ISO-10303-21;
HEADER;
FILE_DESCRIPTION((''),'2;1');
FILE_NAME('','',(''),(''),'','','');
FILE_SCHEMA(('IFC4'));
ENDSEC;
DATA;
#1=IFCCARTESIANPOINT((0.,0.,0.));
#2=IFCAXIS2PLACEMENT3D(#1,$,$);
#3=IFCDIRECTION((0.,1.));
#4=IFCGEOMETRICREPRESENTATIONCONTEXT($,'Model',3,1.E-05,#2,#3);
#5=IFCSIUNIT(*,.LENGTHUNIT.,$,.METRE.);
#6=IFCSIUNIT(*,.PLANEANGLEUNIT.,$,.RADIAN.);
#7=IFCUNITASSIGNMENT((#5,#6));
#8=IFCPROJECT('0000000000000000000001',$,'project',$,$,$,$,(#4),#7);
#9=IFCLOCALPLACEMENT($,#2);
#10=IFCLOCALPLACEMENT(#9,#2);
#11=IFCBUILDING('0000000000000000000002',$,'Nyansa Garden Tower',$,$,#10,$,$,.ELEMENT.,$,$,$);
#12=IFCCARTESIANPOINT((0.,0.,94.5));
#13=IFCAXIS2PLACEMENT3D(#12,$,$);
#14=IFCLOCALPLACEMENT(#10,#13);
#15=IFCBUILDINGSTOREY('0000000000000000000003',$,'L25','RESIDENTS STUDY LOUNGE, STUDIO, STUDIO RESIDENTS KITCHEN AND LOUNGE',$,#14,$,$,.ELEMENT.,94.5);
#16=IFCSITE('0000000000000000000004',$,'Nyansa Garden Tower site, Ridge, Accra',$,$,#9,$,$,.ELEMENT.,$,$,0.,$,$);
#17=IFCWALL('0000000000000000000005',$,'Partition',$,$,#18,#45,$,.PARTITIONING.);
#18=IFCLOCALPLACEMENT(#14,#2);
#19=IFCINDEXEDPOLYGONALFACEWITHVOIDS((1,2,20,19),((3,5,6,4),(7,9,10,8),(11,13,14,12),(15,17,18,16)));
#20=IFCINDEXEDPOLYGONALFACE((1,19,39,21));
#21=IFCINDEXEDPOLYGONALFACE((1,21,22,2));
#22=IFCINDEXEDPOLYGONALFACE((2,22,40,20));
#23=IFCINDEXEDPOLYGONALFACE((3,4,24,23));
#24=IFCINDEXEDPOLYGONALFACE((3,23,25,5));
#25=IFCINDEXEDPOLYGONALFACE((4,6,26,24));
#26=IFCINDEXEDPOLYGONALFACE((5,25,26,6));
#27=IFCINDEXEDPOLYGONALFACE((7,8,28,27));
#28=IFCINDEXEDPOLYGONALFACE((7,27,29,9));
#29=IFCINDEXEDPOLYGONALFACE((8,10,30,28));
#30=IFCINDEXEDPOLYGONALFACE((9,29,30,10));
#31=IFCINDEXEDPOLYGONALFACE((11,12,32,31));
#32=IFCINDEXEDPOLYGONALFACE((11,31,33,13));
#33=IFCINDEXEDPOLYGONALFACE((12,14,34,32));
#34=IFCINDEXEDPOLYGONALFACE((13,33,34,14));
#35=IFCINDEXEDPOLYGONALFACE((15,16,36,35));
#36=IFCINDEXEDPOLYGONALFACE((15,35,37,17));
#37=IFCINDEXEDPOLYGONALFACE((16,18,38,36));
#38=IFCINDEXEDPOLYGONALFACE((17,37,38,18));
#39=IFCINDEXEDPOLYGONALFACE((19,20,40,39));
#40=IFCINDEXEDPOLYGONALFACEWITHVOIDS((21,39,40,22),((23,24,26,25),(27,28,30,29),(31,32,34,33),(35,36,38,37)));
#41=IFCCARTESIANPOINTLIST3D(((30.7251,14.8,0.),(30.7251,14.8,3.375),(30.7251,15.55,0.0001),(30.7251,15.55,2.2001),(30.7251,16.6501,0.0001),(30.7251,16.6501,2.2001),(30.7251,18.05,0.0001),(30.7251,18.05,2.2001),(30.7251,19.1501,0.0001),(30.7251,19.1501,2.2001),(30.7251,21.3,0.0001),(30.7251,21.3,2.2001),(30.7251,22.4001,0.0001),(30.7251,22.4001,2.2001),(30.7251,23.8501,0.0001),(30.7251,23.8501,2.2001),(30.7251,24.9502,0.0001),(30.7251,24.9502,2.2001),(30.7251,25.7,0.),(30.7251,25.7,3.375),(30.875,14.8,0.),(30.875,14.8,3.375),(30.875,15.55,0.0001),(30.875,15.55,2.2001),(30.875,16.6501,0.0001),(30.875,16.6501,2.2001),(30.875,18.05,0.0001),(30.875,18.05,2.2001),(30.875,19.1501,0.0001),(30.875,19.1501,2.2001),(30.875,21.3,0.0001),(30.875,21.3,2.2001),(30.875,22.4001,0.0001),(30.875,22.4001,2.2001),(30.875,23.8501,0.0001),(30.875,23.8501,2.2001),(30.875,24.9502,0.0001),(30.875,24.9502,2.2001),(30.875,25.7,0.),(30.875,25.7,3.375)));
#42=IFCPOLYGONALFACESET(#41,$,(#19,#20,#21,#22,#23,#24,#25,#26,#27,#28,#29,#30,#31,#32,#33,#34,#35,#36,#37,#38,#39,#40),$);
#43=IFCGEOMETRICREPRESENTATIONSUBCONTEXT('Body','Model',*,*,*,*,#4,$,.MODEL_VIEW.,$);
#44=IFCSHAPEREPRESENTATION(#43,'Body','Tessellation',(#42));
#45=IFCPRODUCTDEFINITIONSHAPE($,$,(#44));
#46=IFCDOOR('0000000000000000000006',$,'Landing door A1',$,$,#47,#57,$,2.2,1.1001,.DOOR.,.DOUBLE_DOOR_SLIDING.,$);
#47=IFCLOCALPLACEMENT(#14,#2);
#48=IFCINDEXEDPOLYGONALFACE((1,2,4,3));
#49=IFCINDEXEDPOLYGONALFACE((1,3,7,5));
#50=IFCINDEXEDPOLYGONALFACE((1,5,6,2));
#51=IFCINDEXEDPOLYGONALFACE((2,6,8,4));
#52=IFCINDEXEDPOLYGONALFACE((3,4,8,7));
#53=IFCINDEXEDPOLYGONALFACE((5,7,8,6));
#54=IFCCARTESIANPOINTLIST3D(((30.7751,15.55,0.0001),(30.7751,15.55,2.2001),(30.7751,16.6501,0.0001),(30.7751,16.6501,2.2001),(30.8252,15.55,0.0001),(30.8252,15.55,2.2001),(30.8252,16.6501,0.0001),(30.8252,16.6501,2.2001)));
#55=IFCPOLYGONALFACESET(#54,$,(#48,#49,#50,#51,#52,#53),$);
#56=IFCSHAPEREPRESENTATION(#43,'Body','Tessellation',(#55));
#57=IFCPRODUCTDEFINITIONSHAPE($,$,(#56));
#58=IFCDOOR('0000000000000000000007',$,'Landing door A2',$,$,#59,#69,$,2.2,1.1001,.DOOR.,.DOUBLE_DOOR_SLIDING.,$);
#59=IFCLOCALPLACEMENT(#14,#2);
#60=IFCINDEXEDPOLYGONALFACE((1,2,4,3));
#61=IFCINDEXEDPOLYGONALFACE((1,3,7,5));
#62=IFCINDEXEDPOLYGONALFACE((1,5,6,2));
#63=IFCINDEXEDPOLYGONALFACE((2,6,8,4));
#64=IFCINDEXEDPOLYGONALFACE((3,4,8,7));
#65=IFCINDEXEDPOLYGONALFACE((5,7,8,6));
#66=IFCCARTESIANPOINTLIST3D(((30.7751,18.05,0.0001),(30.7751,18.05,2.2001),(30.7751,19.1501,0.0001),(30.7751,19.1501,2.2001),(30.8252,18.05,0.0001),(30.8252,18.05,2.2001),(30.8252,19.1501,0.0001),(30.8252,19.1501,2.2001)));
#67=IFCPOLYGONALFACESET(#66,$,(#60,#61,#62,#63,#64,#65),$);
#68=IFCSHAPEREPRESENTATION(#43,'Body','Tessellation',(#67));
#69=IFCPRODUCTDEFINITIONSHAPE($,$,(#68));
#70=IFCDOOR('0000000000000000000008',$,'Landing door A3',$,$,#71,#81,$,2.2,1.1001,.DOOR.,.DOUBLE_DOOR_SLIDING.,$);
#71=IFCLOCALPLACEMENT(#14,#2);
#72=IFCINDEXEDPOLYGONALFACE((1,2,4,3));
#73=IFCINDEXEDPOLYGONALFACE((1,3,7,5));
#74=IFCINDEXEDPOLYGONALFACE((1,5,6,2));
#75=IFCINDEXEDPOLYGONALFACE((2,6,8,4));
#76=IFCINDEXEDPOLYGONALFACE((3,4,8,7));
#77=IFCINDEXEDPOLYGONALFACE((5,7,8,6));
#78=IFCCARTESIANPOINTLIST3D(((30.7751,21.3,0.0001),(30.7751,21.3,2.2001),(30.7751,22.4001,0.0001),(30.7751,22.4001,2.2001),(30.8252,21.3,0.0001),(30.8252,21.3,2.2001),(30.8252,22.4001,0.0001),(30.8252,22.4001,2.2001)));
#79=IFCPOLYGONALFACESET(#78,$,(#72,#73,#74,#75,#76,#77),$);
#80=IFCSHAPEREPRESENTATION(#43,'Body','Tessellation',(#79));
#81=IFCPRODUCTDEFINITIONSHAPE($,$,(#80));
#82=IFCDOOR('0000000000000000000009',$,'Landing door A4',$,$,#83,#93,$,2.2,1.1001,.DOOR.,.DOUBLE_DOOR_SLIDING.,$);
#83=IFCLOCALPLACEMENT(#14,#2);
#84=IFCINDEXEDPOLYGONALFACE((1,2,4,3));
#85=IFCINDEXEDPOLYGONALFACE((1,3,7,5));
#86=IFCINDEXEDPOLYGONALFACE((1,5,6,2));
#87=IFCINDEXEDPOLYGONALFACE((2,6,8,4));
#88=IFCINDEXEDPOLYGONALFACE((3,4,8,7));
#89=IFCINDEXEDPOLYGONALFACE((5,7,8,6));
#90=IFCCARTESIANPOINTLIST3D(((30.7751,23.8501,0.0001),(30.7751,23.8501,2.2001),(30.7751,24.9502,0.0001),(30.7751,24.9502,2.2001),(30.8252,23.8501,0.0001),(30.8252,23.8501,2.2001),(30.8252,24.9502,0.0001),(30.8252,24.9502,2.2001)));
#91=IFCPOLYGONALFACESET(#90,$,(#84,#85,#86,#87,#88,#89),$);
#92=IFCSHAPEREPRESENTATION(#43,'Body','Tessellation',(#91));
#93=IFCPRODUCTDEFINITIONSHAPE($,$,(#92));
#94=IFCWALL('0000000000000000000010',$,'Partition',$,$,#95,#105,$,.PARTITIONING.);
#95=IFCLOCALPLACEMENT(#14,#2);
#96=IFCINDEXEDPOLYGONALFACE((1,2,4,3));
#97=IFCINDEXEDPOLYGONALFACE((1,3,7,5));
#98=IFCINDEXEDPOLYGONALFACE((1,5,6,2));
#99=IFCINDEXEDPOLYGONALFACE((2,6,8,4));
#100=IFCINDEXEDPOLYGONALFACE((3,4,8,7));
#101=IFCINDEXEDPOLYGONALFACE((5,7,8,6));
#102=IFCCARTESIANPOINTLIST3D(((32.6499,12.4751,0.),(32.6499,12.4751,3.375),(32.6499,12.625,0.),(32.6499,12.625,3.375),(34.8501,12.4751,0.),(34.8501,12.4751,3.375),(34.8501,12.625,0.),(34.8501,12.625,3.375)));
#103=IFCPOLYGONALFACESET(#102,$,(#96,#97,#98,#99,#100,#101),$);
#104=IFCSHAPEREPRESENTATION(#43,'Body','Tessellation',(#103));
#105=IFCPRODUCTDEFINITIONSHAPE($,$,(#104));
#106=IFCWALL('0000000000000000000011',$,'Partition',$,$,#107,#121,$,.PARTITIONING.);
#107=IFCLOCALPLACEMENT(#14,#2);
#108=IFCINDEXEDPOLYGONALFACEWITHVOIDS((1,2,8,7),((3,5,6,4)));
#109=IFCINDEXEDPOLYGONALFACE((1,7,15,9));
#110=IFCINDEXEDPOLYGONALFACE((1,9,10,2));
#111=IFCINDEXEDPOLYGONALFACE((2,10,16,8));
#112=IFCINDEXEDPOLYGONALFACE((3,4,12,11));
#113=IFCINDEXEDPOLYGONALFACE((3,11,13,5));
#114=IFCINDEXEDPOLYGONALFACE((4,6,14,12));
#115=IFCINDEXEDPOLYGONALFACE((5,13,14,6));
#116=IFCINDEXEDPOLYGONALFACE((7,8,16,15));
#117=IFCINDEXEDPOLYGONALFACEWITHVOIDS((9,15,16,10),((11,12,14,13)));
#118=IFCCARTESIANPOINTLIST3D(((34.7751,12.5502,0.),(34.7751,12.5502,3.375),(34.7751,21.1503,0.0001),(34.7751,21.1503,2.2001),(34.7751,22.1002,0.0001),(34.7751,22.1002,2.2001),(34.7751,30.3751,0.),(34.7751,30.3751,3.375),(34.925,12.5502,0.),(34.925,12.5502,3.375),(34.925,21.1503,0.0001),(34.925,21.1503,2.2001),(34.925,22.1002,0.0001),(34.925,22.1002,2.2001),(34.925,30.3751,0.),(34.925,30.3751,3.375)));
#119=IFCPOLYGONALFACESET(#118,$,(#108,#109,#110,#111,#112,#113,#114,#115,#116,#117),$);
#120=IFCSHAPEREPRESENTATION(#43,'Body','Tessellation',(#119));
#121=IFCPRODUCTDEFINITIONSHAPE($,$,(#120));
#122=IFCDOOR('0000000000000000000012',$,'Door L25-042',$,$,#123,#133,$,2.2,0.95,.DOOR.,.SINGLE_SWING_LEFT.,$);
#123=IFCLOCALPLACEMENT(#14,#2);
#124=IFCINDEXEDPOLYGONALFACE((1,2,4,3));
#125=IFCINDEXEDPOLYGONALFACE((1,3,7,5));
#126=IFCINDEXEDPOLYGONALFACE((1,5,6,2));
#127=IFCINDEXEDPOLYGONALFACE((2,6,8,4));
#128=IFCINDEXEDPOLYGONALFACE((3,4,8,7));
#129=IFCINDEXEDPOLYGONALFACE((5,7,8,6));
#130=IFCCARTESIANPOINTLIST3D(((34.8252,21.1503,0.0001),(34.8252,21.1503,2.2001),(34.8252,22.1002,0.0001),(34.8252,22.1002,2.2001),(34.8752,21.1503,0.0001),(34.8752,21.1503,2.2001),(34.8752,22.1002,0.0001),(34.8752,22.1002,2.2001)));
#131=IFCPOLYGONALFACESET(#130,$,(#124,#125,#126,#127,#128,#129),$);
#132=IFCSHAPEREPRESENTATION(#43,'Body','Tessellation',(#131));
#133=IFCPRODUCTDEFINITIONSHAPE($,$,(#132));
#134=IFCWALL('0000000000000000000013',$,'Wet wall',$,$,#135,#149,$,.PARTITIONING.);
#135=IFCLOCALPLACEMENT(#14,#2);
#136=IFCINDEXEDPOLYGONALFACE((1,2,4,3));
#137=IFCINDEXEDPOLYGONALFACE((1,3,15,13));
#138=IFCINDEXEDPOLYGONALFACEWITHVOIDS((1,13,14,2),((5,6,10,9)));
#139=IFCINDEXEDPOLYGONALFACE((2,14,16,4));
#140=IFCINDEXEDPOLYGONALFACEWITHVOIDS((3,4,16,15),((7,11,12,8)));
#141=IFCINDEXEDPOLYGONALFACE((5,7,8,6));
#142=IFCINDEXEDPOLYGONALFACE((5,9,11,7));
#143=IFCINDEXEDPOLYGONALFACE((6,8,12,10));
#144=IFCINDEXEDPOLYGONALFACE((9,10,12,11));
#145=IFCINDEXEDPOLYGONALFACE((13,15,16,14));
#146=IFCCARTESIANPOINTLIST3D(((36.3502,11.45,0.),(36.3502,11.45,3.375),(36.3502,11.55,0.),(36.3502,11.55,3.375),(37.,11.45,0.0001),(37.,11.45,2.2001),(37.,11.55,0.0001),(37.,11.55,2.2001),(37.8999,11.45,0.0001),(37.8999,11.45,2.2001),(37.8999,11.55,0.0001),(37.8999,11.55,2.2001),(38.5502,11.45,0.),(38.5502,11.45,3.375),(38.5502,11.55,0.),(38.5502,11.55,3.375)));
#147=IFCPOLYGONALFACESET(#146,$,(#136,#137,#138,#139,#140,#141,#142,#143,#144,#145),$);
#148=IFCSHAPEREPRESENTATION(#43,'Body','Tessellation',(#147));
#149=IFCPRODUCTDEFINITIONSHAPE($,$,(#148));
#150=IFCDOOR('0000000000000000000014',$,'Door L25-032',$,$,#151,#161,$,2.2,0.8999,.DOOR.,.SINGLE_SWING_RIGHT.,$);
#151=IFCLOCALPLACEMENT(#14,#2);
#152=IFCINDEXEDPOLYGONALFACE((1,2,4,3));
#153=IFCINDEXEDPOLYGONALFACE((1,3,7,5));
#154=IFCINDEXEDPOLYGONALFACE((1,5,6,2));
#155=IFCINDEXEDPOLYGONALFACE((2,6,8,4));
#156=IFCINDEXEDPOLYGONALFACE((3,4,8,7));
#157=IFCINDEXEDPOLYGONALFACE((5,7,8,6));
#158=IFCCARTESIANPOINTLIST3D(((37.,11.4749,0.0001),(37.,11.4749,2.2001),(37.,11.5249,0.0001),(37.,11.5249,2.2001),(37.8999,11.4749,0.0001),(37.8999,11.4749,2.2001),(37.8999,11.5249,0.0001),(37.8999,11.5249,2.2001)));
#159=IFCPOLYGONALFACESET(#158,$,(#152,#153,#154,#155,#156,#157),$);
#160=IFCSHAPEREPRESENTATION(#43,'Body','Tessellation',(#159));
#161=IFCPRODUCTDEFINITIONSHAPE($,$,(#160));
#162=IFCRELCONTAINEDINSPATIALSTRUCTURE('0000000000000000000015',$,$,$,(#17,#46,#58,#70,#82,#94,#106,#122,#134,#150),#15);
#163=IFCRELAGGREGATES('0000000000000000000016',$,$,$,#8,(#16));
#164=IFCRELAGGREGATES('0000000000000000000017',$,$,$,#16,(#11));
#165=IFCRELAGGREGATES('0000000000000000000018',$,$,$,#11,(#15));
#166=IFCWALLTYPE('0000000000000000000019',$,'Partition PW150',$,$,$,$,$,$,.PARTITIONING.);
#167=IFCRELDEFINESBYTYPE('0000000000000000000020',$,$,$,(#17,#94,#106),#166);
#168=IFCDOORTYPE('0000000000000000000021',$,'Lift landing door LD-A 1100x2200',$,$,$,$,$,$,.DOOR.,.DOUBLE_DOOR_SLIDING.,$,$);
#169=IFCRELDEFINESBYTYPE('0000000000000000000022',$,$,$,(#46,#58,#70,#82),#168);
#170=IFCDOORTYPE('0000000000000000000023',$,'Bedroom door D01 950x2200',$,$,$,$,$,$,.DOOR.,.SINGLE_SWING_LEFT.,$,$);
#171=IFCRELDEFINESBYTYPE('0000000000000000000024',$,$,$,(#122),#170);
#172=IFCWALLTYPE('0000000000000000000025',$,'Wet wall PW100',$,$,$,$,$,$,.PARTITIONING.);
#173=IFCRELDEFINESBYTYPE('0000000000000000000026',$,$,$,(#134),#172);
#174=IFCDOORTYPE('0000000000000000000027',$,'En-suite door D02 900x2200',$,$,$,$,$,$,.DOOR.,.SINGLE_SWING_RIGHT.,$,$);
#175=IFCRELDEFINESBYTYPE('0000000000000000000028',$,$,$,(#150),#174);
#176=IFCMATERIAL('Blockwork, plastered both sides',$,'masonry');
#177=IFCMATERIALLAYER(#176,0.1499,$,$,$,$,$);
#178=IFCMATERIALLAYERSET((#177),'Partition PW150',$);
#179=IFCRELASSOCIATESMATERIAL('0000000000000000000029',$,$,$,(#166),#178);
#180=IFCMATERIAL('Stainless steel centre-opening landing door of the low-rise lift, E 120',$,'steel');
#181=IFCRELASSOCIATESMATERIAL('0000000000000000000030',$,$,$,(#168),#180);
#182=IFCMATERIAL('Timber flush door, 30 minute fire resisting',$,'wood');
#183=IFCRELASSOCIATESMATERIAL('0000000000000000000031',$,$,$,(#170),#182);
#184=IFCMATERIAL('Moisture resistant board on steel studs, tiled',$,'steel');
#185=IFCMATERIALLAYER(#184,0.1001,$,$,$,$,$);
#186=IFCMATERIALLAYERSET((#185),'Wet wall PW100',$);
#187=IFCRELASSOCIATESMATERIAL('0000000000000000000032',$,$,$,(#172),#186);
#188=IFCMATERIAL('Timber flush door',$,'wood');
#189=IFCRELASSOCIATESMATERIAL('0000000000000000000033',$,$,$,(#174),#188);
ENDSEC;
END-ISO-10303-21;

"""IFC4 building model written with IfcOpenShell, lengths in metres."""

from ifc_helpers import new_model, si_unit, direction, frame, frame_2d, origin, place, context, subcontext, project, spatial, rectangle, extrude, material, layer, layer_set, type_object, element, fill, save


model = new_model("IFC4")

# Units and contexts
model_context = context("Model", 3, precision=1e-05, world=origin(), true_north=direction((0.0, 1.0)))
body_context = subcontext(model_context, "Body", "Model", "MODEL_VIEW")
ifc_project = project(units=[si_unit("LENGTHUNIT", "METRE"), si_unit("PLANEANGLEUNIT", "RADIAN")], contexts=[model_context])

# Site, building, storey
site_placement = place(None, origin())
site = spatial("IfcSite", under=ifc_project, at=site_placement, Name="Nyansa Garden Tower site, Ridge, Accra", CompositionType="ELEMENT", RefElevation=0.0)
building_placement = place(site_placement, origin())
building = spatial("IfcBuilding", under=site, at=building_placement, Name="Nyansa Garden Tower", CompositionType="ELEMENT")
storey_placement = place(building_placement, frame((0.0, 0.0, 94.5)))
storey = spatial("IfcBuildingStorey", under=building, at=storey_placement, Name="L25", Description="RESIDENTS STUDY LOUNGE, STUDIO, STUDIO RESIDENTS KITCHEN AND LOUNGE", CompositionType="ELEMENT", Elevation=94.5)

# Shared definitions
ifc_material_1 = material(Name="Blockwork, plastered both sides", Category="masonry")
ifc_layer_1 = layer(ifc_material_1, 0.1499)
ifc_layer_set_1 = layer_set([ifc_layer_1], Name="Partition PW150")
wall_type_1 = type_object("IfcWallType", Name="Partition PW150", PredefinedType="PARTITIONING", material=ifc_layer_set_1)

# Wall, openings, doors
wall_1_placement = place(storey_placement, frame((30.8, 14.8, 0.0), z_axis=(0.0, 0.0, 1.0), x_axis=(0.0, 1.0, 0.0)))
wall_1 = element("IfcWall", 1, at=wall_1_placement, inside=storey, type_object=wall_type_1, Name="Partition", PredefinedType="PARTITIONING", context=body_context, shape_type="SweptSolid", body=[
    extrude(rectangle(XDim=10.8999, YDim=0.1499, at=frame_2d((5.45, 0.0))), origin(), (0.0, 0.0, 1.0), 3.375),
])
opening_1_placement = place(wall_1_placement, frame((0.75, 0.0, 0.0)))
opening_1 = element("IfcOpeningElement", 2, at=opening_1_placement, cuts=wall_1, PredefinedType="OPENING", context=body_context, shape_type="SweptSolid", body=[
    extrude(rectangle(XDim=1.1001, YDim=2.2, at=frame_2d((0.55, 1.1001))), frame((0.0, 0.085, 0.0), z_axis=(0.0, -1.0, 0.0), x_axis=(1.0, 0.0, 0.0)), (0.0, 0.0, 1.0), 0.1699),
])
opening_2_placement = place(wall_1_placement, frame((3.25, 0.0, 0.0)))
opening_2 = element("IfcOpeningElement", 3, at=opening_2_placement, cuts=wall_1, PredefinedType="OPENING", context=body_context, shape_type="SweptSolid", body=[
    extrude(rectangle(XDim=1.1001, YDim=2.2, at=frame_2d((0.55, 1.1001))), frame((0.0, 0.085, 0.0), z_axis=(0.0, -1.0, 0.0), x_axis=(1.0, 0.0, 0.0)), (0.0, 0.0, 1.0), 0.1699),
])
opening_3_placement = place(wall_1_placement, frame((6.5, 0.0, 0.0)))
opening_3 = element("IfcOpeningElement", 4, at=opening_3_placement, cuts=wall_1, PredefinedType="OPENING", context=body_context, shape_type="SweptSolid", body=[
    extrude(rectangle(XDim=1.1001, YDim=2.2, at=frame_2d((0.55, 1.1001))), frame((0.0, 0.085, 0.0), z_axis=(0.0, -1.0, 0.0), x_axis=(1.0, 0.0, 0.0)), (0.0, 0.0, 1.0), 0.1699),
])
opening_4_placement = place(wall_1_placement, frame((9.05, 0.0, 0.0)))
opening_4 = element("IfcOpeningElement", 5, at=opening_4_placement, cuts=wall_1, PredefinedType="OPENING", context=body_context, shape_type="SweptSolid", body=[
    extrude(rectangle(XDim=1.1001, YDim=2.2, at=frame_2d((0.55, 1.1001))), frame((0.0, 0.085, 0.0), z_axis=(0.0, -1.0, 0.0), x_axis=(1.0, 0.0, 0.0)), (0.0, 0.0, 1.0), 0.1699),
])
ifc_material_2 = material(Name="Stainless steel centre-opening landing door of the low-rise lift, E 120", Category="steel")
door_type_1 = type_object("IfcDoorType", Name="Lift landing door LD-A 1100x2200", OperationType="DOUBLE_DOOR_SLIDING", PredefinedType="DOOR", material=ifc_material_2)
door_1_placement = place(opening_1_placement, origin())
door_1 = element("IfcDoor", 6, at=door_1_placement, inside=storey, type_object=door_type_1, Name="Landing door A1", OperationType="DOUBLE_DOOR_SLIDING", OverallHeight=2.2, OverallWidth=1.1001, PredefinedType="DOOR", context=body_context, shape_type="SweptSolid", body=[
    extrude(rectangle(XDim=1.1001, YDim=2.2, at=frame_2d((0.55, 1.1001))), frame((0.0, 0.0249, 0.0), z_axis=(0.0, -1.0, 0.0), x_axis=(1.0, 0.0, 0.0)), (0.0, 0.0, 1.0), 0.05),
])
fill(opening_1, door_1)
door_2_placement = place(opening_2_placement, origin())
door_2 = element("IfcDoor", 7, at=door_2_placement, inside=storey, type_object=door_type_1, Name="Landing door A2", OperationType="DOUBLE_DOOR_SLIDING", OverallHeight=2.2, OverallWidth=1.1001, PredefinedType="DOOR", context=body_context, shape_type="SweptSolid", body=[
    extrude(rectangle(XDim=1.1001, YDim=2.2, at=frame_2d((0.55, 1.1001))), frame((0.0, 0.0249, 0.0), z_axis=(0.0, -1.0, 0.0), x_axis=(1.0, 0.0, 0.0)), (0.0, 0.0, 1.0), 0.05),
])
fill(opening_2, door_2)
door_3_placement = place(opening_3_placement, origin())
door_3 = element("IfcDoor", 8, at=door_3_placement, inside=storey, type_object=door_type_1, Name="Landing door A3", OperationType="DOUBLE_DOOR_SLIDING", OverallHeight=2.2, OverallWidth=1.1001, PredefinedType="DOOR", context=body_context, shape_type="SweptSolid", body=[
    extrude(rectangle(XDim=1.1001, YDim=2.2, at=frame_2d((0.55, 1.1001))), frame((0.0, 0.0249, 0.0), z_axis=(0.0, -1.0, 0.0), x_axis=(1.0, 0.0, 0.0)), (0.0, 0.0, 1.0), 0.05),
])
fill(opening_3, door_3)
door_4_placement = place(opening_4_placement, origin())
door_4 = element("IfcDoor", 9, at=door_4_placement, inside=storey, type_object=door_type_1, Name="Landing door A4", OperationType="DOUBLE_DOOR_SLIDING", OverallHeight=2.2, OverallWidth=1.1001, PredefinedType="DOOR", context=body_context, shape_type="SweptSolid", body=[
    extrude(rectangle(XDim=1.1001, YDim=2.2, at=frame_2d((0.55, 1.1001))), frame((0.0, 0.0249, 0.0), z_axis=(0.0, -1.0, 0.0), x_axis=(1.0, 0.0, 0.0)), (0.0, 0.0, 1.0), 0.05),
])
fill(opening_4, door_4)

# Wall
wall_2_placement = place(storey_placement, frame((32.6499, 12.55, 0.0), z_axis=(0.0, 0.0, 1.0), x_axis=(1.0, 0.0, 0.0)))
element("IfcWall", 10, at=wall_2_placement, inside=storey, type_object=wall_type_1, Name="Partition", PredefinedType="PARTITIONING", context=body_context, shape_type="SweptSolid", body=[
    extrude(rectangle(XDim=2.2002, YDim=0.1499, at=frame_2d((1.1001, 0.0))), origin(), (0.0, 0.0, 1.0), 3.375),
])

# Walls, openings, doors
wall_3_placement = place(storey_placement, frame((34.8501, 12.55, 0.0), z_axis=(0.0, 0.0, 1.0), x_axis=(0.0, 1.0, 0.0)))
wall_3 = element("IfcWall", 11, at=wall_3_placement, inside=storey, type_object=wall_type_1, Name="Partition", PredefinedType="PARTITIONING", context=body_context, shape_type="SweptSolid", body=[
    extrude(rectangle(XDim=17.825, YDim=0.1499, at=frame_2d((8.9126, 0.0))), origin(), (0.0, 0.0, 1.0), 3.375),
])
opening_5_placement = place(wall_3_placement, frame((8.6001, 0.0, 0.0)))
opening_5 = element("IfcOpeningElement", 12, at=opening_5_placement, cuts=wall_3, PredefinedType="OPENING", context=body_context, shape_type="SweptSolid", body=[
    extrude(rectangle(XDim=0.95, YDim=2.2, at=frame_2d((0.4751, 1.1001))), frame((0.0, 0.085, 0.0), z_axis=(0.0, -1.0, 0.0), x_axis=(1.0, 0.0, 0.0)), (0.0, 0.0, 1.0), 0.1699),
])
ifc_material_3 = material(Name="Timber flush door, 30 minute fire resisting", Category="wood")
door_type_2 = type_object("IfcDoorType", Name="Bedroom door D01 950x2200", OperationType="SINGLE_SWING_LEFT", PredefinedType="DOOR", material=ifc_material_3)
door_5_placement = place(opening_5_placement, origin())
door_5 = element("IfcDoor", 13, at=door_5_placement, inside=storey, type_object=door_type_2, Name="Door L25-042", OperationType="SINGLE_SWING_LEFT", OverallHeight=2.2, OverallWidth=0.95, PredefinedType="DOOR", context=body_context, shape_type="SweptSolid", body=[
    extrude(rectangle(XDim=0.95, YDim=2.2, at=frame_2d((0.4751, 1.1001))), frame((0.0, 0.0249, 0.0), z_axis=(0.0, -1.0, 0.0), x_axis=(1.0, 0.0, 0.0)), (0.0, 0.0, 1.0), 0.05),
])
fill(opening_5, door_5)
ifc_material_4 = material(Name="Moisture resistant board on steel studs, tiled", Category="steel")
ifc_layer_2 = layer(ifc_material_4, 0.1001)
ifc_layer_set_2 = layer_set([ifc_layer_2], Name="Wet wall PW100")
wall_type_2 = type_object("IfcWallType", Name="Wet wall PW100", PredefinedType="PARTITIONING", material=ifc_layer_set_2)
wall_4_placement = place(storey_placement, frame((36.3501, 11.5, 0.0), z_axis=(0.0, 0.0, 1.0), x_axis=(1.0, 0.0, 0.0)))
wall_4 = element("IfcWall", 14, at=wall_4_placement, inside=storey, type_object=wall_type_2, Name="Wet wall", PredefinedType="PARTITIONING", context=body_context, shape_type="SweptSolid", body=[
    extrude(rectangle(XDim=2.2, YDim=0.1001, at=frame_2d((1.1001, 0.0))), origin(), (0.0, 0.0, 1.0), 3.375),
])
opening_6_placement = place(wall_4_placement, frame((0.6499, 0.0, 0.0)))
opening_6 = element("IfcOpeningElement", 15, at=opening_6_placement, cuts=wall_4, PredefinedType="OPENING", context=body_context, shape_type="SweptSolid", body=[
    extrude(rectangle(XDim=0.8999, YDim=2.2, at=frame_2d((0.45, 1.1001))), frame((0.0, 0.0601, 0.0), z_axis=(0.0, -1.0, 0.0), x_axis=(1.0, 0.0, 0.0)), (0.0, 0.0, 1.0), 0.1201),
])
ifc_material_5 = material(Name="Timber flush door", Category="wood")
door_type_3 = type_object("IfcDoorType", Name="En-suite door D02 900x2200", OperationType="SINGLE_SWING_RIGHT", PredefinedType="DOOR", material=ifc_material_5)
door_6_placement = place(opening_6_placement, origin())
door_6 = element("IfcDoor", 16, at=door_6_placement, inside=storey, type_object=door_type_3, Name="Door L25-032", OperationType="SINGLE_SWING_RIGHT", OverallHeight=2.2, OverallWidth=0.8999, PredefinedType="DOOR", context=body_context, shape_type="SweptSolid", body=[
    extrude(rectangle(XDim=0.8999, YDim=2.2, at=frame_2d((0.45, 1.1001))), frame((0.0, 0.0249, 0.0), z_axis=(0.0, -1.0, 0.0), x_axis=(1.0, 0.0, 0.0)), (0.0, 0.0, 1.0), 0.05),
])
fill(opening_6, door_6)

save(model, "model.ifc")
